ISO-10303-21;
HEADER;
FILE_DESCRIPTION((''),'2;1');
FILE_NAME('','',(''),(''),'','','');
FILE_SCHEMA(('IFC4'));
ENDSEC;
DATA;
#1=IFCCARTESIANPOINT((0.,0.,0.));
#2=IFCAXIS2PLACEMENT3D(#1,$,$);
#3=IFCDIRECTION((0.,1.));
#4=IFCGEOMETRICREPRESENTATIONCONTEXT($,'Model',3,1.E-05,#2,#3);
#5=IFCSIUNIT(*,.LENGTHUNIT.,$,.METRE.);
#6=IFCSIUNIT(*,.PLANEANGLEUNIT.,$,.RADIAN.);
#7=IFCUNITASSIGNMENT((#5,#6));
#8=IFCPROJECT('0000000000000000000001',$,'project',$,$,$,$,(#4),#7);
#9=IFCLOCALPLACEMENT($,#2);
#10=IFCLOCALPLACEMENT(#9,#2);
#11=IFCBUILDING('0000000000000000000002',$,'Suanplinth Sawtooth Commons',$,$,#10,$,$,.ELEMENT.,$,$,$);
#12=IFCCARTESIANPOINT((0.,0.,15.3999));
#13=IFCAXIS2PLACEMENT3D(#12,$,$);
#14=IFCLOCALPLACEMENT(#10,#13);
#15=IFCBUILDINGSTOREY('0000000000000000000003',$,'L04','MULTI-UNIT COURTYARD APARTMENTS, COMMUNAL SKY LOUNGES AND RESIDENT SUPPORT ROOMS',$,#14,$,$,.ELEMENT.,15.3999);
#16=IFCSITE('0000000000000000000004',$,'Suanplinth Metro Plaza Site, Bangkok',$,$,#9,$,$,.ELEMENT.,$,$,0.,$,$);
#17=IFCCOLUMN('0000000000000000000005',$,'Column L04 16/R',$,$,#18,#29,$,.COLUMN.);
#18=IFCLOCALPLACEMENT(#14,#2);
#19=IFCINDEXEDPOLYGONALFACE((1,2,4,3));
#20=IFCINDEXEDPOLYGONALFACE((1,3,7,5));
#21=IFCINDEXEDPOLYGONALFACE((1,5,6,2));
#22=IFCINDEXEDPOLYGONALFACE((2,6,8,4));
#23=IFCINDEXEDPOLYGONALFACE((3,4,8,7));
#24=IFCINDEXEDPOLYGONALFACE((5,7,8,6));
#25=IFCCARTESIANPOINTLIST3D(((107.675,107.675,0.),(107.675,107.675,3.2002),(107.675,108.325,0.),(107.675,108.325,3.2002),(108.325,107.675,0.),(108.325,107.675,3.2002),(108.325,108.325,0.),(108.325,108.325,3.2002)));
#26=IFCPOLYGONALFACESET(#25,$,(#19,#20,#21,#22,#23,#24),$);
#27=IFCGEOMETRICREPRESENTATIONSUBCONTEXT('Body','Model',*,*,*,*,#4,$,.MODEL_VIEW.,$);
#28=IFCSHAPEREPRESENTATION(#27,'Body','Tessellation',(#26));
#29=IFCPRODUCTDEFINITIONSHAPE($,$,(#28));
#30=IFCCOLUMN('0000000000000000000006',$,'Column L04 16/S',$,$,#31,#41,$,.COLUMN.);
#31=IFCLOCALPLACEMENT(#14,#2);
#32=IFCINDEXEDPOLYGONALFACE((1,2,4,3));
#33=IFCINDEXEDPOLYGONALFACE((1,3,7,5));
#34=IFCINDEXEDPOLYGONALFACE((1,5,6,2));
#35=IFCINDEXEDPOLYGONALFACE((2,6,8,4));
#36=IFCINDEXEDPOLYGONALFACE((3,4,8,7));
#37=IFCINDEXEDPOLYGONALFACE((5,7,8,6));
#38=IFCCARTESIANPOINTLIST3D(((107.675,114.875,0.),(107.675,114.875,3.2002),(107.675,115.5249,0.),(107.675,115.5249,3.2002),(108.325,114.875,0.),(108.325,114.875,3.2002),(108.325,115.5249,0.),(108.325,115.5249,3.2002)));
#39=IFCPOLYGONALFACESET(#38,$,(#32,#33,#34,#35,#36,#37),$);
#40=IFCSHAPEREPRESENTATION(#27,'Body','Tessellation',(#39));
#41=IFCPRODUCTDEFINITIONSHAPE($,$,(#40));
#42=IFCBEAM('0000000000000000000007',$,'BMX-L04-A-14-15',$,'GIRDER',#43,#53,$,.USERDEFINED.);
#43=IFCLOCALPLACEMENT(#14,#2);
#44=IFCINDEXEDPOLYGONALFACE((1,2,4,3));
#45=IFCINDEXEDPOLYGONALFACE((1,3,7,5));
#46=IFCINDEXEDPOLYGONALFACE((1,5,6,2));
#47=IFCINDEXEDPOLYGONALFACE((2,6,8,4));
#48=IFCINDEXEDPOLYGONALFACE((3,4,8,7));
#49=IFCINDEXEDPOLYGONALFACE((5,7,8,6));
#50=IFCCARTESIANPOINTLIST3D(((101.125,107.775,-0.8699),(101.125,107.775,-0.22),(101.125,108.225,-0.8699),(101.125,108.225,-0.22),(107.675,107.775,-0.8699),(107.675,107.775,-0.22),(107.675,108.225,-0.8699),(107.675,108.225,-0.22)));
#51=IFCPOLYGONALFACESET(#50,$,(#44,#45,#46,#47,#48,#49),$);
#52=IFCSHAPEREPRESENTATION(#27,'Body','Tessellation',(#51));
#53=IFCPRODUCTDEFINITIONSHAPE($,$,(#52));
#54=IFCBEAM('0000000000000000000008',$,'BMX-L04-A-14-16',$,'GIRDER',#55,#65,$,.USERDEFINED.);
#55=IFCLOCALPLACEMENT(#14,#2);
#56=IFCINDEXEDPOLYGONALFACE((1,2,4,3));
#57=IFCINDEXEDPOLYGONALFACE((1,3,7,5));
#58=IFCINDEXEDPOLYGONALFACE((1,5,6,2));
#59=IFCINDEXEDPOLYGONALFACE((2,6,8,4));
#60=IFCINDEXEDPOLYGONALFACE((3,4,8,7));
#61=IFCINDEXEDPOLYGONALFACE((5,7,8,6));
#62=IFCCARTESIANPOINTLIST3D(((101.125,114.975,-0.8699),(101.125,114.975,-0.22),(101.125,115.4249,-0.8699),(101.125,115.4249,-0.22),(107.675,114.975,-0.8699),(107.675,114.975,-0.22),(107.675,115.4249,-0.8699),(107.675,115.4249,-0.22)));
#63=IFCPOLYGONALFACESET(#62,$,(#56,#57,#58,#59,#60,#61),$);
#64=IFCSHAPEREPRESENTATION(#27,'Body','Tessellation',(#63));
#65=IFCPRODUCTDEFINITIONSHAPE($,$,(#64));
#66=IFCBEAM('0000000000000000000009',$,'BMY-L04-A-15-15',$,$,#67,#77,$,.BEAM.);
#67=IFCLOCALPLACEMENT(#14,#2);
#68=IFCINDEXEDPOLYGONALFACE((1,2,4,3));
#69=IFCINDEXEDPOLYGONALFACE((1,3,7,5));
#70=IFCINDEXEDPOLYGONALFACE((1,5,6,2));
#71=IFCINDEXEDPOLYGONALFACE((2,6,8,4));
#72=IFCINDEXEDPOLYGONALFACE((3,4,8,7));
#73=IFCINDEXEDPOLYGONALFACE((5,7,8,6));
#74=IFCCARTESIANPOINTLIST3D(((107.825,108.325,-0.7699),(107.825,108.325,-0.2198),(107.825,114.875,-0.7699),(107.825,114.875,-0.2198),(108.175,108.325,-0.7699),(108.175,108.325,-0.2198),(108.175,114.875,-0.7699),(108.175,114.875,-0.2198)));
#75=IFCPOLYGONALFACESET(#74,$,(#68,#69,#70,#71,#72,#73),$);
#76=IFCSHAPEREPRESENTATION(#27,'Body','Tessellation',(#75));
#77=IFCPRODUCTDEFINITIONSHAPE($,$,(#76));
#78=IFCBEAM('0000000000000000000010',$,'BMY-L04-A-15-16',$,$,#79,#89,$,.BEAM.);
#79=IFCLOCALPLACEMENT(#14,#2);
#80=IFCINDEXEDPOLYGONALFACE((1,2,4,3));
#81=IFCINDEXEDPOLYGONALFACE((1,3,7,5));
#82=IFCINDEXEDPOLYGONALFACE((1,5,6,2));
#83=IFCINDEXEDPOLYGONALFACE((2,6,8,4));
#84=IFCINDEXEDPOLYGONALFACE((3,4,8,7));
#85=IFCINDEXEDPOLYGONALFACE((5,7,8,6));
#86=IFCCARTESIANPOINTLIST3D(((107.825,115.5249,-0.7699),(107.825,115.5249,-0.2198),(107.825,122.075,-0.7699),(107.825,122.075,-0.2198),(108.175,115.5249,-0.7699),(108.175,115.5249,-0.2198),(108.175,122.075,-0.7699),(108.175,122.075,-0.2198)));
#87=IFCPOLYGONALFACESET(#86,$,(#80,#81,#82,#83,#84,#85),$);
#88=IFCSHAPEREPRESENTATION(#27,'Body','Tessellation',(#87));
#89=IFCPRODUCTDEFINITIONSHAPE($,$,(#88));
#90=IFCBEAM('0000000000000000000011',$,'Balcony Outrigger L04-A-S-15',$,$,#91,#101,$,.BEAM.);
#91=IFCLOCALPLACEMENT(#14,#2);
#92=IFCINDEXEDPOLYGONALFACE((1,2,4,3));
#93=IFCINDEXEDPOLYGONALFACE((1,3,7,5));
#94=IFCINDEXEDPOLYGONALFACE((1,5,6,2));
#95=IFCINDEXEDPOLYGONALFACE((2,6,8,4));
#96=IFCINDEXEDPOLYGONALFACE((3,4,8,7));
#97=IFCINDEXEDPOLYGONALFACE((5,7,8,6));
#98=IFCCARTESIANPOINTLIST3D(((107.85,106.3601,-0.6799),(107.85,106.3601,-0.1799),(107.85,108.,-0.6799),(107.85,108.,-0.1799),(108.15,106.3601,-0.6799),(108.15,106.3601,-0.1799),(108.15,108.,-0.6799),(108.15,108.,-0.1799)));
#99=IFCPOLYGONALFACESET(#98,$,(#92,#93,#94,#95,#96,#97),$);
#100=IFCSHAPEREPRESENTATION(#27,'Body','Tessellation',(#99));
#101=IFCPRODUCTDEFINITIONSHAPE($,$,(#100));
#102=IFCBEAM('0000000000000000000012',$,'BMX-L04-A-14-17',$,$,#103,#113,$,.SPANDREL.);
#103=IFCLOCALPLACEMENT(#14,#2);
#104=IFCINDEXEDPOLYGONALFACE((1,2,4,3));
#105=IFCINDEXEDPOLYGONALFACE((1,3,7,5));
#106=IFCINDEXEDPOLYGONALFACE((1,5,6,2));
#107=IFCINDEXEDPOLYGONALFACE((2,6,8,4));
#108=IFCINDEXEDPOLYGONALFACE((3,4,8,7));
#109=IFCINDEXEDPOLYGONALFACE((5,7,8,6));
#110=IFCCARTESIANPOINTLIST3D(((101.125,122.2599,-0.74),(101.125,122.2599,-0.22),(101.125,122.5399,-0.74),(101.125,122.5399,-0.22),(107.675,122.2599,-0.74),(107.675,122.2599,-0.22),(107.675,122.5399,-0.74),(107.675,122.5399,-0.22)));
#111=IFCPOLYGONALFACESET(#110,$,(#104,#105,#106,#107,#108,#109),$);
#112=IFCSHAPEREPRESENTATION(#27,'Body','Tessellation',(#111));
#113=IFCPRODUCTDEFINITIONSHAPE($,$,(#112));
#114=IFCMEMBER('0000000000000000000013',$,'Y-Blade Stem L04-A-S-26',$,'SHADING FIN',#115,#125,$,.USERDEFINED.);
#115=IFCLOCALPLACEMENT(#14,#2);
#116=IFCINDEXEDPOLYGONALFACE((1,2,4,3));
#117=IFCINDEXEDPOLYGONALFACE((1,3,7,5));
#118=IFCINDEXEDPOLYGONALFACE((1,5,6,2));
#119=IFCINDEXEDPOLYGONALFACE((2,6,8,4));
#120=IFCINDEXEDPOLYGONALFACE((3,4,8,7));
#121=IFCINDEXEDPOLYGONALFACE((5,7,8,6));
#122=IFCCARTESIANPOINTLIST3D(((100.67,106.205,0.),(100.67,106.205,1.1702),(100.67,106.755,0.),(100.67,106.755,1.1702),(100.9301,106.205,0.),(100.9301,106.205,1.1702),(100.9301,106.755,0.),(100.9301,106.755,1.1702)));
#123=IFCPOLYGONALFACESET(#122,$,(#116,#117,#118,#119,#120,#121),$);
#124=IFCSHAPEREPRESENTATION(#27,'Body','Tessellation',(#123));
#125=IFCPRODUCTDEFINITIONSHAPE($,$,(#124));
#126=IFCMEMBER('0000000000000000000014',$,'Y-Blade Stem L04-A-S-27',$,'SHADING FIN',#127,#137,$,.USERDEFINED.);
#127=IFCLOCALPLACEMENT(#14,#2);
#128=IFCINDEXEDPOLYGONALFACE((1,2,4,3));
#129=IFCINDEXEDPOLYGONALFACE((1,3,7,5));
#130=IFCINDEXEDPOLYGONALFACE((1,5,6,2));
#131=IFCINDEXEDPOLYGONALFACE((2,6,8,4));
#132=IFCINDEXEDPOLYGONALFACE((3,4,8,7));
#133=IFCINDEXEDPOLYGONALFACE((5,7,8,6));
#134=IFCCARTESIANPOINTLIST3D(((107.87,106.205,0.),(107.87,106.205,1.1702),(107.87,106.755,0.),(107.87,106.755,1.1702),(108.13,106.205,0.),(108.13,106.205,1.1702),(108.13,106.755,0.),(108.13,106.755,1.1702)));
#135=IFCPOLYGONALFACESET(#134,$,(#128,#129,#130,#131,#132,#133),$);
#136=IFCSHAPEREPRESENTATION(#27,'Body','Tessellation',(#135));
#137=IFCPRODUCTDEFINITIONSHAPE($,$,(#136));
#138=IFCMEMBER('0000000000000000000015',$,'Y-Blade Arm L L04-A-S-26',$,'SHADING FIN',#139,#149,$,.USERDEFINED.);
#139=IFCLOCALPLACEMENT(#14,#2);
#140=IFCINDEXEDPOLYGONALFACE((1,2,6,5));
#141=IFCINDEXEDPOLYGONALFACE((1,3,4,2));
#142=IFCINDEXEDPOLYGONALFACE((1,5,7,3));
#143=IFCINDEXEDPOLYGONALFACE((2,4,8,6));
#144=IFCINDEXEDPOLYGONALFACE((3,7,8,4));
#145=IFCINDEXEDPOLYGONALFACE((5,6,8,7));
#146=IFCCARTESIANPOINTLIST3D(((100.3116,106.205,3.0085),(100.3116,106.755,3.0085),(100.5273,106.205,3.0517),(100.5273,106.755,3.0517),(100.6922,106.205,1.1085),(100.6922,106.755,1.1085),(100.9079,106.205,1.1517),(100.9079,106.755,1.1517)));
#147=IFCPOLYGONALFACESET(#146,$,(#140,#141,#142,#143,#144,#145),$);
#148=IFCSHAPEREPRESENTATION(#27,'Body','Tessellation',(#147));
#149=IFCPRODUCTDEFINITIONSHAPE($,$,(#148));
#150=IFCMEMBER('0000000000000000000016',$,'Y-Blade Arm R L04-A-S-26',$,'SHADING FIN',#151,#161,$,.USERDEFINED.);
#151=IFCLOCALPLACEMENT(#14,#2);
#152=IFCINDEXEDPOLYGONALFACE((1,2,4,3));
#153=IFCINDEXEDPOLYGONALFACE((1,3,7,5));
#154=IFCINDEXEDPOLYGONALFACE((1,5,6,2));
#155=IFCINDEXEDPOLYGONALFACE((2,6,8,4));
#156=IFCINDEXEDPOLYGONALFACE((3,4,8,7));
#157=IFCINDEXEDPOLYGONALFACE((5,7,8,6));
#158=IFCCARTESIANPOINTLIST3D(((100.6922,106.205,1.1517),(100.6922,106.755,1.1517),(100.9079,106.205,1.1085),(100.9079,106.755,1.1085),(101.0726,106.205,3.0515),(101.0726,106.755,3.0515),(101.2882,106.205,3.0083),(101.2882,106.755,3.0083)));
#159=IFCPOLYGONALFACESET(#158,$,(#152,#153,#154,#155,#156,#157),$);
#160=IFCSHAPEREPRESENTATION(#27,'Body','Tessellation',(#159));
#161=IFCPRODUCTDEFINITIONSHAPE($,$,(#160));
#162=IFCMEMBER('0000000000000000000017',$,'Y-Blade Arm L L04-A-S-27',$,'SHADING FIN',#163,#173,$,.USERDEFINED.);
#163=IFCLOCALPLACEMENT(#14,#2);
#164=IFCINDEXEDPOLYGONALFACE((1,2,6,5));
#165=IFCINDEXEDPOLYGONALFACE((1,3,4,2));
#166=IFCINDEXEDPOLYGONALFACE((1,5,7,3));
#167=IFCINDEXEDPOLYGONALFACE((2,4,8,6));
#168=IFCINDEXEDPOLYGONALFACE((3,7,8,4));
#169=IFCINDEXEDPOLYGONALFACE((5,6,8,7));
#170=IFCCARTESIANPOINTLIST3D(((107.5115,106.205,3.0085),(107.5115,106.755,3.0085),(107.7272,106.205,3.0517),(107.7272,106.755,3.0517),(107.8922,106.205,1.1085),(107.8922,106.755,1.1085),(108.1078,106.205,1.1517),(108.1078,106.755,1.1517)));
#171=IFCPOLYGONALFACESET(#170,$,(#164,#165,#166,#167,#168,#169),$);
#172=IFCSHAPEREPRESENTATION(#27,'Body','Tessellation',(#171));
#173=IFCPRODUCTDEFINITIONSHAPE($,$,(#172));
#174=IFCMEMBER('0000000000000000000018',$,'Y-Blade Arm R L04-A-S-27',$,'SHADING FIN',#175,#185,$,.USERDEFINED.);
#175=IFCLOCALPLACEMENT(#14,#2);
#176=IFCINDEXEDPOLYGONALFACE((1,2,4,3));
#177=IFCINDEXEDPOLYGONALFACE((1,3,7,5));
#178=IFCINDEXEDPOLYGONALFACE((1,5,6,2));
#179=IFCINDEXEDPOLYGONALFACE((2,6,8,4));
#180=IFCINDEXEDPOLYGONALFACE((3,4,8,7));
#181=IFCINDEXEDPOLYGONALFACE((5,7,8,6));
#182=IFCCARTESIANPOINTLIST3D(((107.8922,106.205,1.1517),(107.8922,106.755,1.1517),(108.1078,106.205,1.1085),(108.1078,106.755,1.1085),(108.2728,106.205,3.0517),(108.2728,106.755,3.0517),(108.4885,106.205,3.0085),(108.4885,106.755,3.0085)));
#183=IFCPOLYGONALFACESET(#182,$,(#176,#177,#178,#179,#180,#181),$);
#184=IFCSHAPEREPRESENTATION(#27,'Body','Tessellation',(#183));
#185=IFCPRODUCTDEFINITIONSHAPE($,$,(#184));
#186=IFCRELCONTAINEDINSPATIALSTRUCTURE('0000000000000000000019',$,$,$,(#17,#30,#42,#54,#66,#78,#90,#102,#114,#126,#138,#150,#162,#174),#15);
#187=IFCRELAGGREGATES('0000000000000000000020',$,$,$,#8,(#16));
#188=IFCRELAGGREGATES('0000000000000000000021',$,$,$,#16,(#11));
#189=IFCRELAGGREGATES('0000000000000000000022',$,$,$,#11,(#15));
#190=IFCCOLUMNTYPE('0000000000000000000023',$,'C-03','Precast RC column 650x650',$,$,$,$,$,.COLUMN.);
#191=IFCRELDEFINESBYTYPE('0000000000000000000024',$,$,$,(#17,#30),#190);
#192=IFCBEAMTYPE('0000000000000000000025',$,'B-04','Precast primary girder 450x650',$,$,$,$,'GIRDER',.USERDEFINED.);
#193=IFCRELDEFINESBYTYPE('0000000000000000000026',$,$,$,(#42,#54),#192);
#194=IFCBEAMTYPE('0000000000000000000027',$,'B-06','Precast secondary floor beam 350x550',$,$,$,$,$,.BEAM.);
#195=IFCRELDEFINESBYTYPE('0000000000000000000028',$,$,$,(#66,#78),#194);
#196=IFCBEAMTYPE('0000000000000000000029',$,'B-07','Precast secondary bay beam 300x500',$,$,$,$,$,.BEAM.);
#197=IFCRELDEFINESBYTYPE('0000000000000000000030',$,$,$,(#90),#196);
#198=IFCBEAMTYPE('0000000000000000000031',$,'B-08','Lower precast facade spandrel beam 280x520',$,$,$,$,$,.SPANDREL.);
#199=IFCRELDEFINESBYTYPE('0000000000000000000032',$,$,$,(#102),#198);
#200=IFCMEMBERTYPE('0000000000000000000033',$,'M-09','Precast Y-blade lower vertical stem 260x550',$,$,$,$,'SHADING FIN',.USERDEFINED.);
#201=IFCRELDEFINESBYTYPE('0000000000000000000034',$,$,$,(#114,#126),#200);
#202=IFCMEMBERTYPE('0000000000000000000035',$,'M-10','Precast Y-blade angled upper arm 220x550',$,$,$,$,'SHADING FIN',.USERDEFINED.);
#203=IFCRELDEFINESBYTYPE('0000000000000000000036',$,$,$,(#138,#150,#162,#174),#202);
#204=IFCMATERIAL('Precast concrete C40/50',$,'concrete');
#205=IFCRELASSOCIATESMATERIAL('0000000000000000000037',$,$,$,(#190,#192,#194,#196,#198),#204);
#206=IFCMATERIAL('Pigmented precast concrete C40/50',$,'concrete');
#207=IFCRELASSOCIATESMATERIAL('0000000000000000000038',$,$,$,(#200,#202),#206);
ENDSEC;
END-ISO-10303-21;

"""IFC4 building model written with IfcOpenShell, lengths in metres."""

from ifc_helpers import new_model, si_unit, direction, frame, origin, origin_2d, place, context, subcontext, project, spatial, rectangle, extrude, material, material_profile, profile_set, type_object, element, save


model = new_model("IFC4")

# Units and contexts
model_context = context("Model", 3, precision=1e-05, world=origin(), true_north=direction((0.0, 1.0)))
body_context = subcontext(model_context, "Body", "Model", "MODEL_VIEW")
ifc_project = project(units=[si_unit("LENGTHUNIT", "METRE"), si_unit("PLANEANGLEUNIT", "RADIAN")], contexts=[model_context])

# Site, building, storey
site_placement = place(None, origin())
site = spatial("IfcSite", under=ifc_project, at=site_placement, Name="Suanplinth Metro Plaza Site, Bangkok", CompositionType="ELEMENT", RefElevation=0.0)
building_placement = place(site_placement, origin())
building = spatial("IfcBuilding", under=site, at=building_placement, Name="Suanplinth Sawtooth Commons", CompositionType="ELEMENT")
storey_placement = place(building_placement, frame((0.0, 0.0, 15.3999)))
storey = spatial("IfcBuildingStorey", under=building, at=storey_placement, Name="L04", Description="MULTI-UNIT COURTYARD APARTMENTS, COMMUNAL SKY LOUNGES AND RESIDENT SUPPORT ROOMS", CompositionType="ELEMENT", Elevation=15.3999)

# Columns
ifc_material_1 = material(Name="Precast concrete C40/50", Category="concrete")
ifc_material_profile_1 = material_profile(ifc_material_1, rectangle(XDim=0.6499, YDim=0.6499, at=origin_2d()), Name="PC-COL 650x650")
ifc_profile_set_1 = profile_set([ifc_material_profile_1], Name="Precast concrete C40/50")
column_type = type_object("IfcColumnType", Name="C-03", Description="Precast RC column 650x650", PredefinedType="COLUMN", material=ifc_profile_set_1)
for number, where, z_axis, x_axis, name in (
    (1, (108.0, 108.0, 0.0), (0.0, 0.0, 1.0), (1.0, 0.0, 0.0), "Column L04 16/R"),
    (2, (108.0, 115.2, 0.0), (0.0, 0.0, 1.0), (1.0, 0.0, 0.0), "Column L04 16/S"),
):
    element("IfcColumn", number, at=place(storey_placement, frame(where, z_axis=z_axis, x_axis=x_axis)), inside=storey, type_object=column_type, Name=name, PredefinedType="COLUMN", context=body_context, shape_type="SweptSolid", body=[
        extrude(rectangle(XDim=0.6499, YDim=0.6499, at=origin_2d()), origin(), (0.0, 0.0, 1.0), 3.2002),
    ])

# Beams
ifc_material_profile_2 = material_profile(ifc_material_1, rectangle(XDim=0.45, YDim=0.6499, at=origin_2d()), Name="PC-GDR 450x650")
ifc_profile_set_2 = profile_set([ifc_material_profile_2], Name="Precast concrete C40/50")
beam_type_1 = type_object("IfcBeamType", Name="B-04", Description="Precast primary girder 450x650", ElementType="GIRDER", PredefinedType="USERDEFINED", material=ifc_profile_set_2)
for number, where, z_axis, x_axis, name in (
    (3, (101.125, 108.0, -0.5449), (1.0, 0.0, 0.0), (0.0, 1.0, 0.0), "BMX-L04-A-14-15"),
    (4, (101.125, 115.2, -0.5449), (1.0, 0.0, 0.0), (0.0, 1.0, 0.0), "BMX-L04-A-14-16"),
):
    element("IfcBeam", number, at=place(storey_placement, frame(where, z_axis=z_axis, x_axis=x_axis)), inside=storey, type_object=beam_type_1, Name=name, ObjectType="GIRDER", PredefinedType="USERDEFINED", context=body_context, shape_type="SweptSolid", body=[
        extrude(rectangle(XDim=0.45, YDim=0.6499, at=origin_2d()), origin(), (0.0, 0.0, 1.0), 6.55),
    ])
ifc_material_profile_3 = material_profile(ifc_material_1, rectangle(XDim=0.3501, YDim=0.55, at=origin_2d()), Name="PC-BM 350x550")
ifc_profile_set_3 = profile_set([ifc_material_profile_3], Name="Precast concrete C40/50")
beam_type_2 = type_object("IfcBeamType", Name="B-06", Description="Precast secondary floor beam 350x550", PredefinedType="BEAM", material=ifc_profile_set_3)
for number, where, z_axis, x_axis, name in (
    (5, (108.0, 108.325, -0.4949), (0.0, 1.0, 0.0), (-1.0, 0.0, 0.0), "BMY-L04-A-15-15"),
    (6, (108.0, 115.5249, -0.4949), (0.0, 1.0, 0.0), (-1.0, 0.0, 0.0), "BMY-L04-A-15-16"),
):
    element("IfcBeam", number, at=place(storey_placement, frame(where, z_axis=z_axis, x_axis=x_axis)), inside=storey, type_object=beam_type_2, Name=name, PredefinedType="BEAM", context=body_context, shape_type="SweptSolid", body=[
        extrude(rectangle(XDim=0.3501, YDim=0.55, at=origin_2d()), origin(), (0.0, 0.0, 1.0), 6.55),
    ])
ifc_material_profile_4 = material_profile(ifc_material_1, rectangle(XDim=0.3, YDim=0.5, at=origin_2d()), Name="PC-BM 300x500")
ifc_profile_set_4 = profile_set([ifc_material_profile_4], Name="Precast concrete C40/50")
beam_type_3 = type_object("IfcBeamType", Name="B-07", Description="Precast secondary bay beam 300x500", PredefinedType="BEAM", material=ifc_profile_set_4)
beam_1_placement = place(storey_placement, frame((108.0, 108.0, -0.4299), z_axis=(0.0, -1.0, 0.0), x_axis=(1.0, 0.0, 0.0)))
element("IfcBeam", 7, at=beam_1_placement, inside=storey, type_object=beam_type_3, Name="Balcony Outrigger L04-A-S-15", PredefinedType="BEAM", context=body_context, shape_type="SweptSolid", body=[
    extrude(rectangle(XDim=0.3, YDim=0.5, at=origin_2d()), origin(), (0.0, 0.0, 1.0), 1.6399),
])
ifc_material_profile_5 = material_profile(ifc_material_1, rectangle(XDim=0.28, YDim=0.52, at=origin_2d()), Name="PC-SP 280x520")
ifc_profile_set_5 = profile_set([ifc_material_profile_5], Name="Precast concrete C40/50")
beam_type_4 = type_object("IfcBeamType", Name="B-08", Description="Lower precast facade spandrel beam 280x520", PredefinedType="SPANDREL", material=ifc_profile_set_5)
beam_2_placement = place(storey_placement, frame((101.125, 122.3999, -0.48), z_axis=(1.0, 0.0, 0.0), x_axis=(0.0, 1.0, 0.0)))
element("IfcBeam", 8, at=beam_2_placement, inside=storey, type_object=beam_type_4, Name="BMX-L04-A-14-17", PredefinedType="SPANDREL", context=body_context, shape_type="SweptSolid", body=[
    extrude(rectangle(XDim=0.28, YDim=0.52, at=origin_2d()), origin(), (0.0, 0.0, 1.0), 6.55),
])

# Members
ifc_material_2 = material(Name="Pigmented precast concrete C40/50", Category="concrete")
ifc_material_profile_6 = material_profile(ifc_material_2, rectangle(XDim=0.26, YDim=0.55, at=origin_2d()), Name="PC-FIN 260x550")
ifc_profile_set_6 = profile_set([ifc_material_profile_6], Name="Pigmented precast concrete C40/50")
member_type_1 = type_object("IfcMemberType", Name="M-09", Description="Precast Y-blade lower vertical stem 260x550", ElementType="SHADING FIN", PredefinedType="USERDEFINED", material=ifc_profile_set_6)
for number, where, z_axis, x_axis, name in (
    (9, (100.8, 106.48, 0.0), (0.0, 0.0, 1.0), (1.0, 0.0, 0.0), "Y-Blade Stem L04-A-S-26"),
    (10, (108.0, 106.48, 0.0), (0.0, 0.0, 1.0), (1.0, 0.0, 0.0), "Y-Blade Stem L04-A-S-27"),
):
    element("IfcMember", number, at=place(storey_placement, frame(where, z_axis=z_axis, x_axis=x_axis)), inside=storey, type_object=member_type_1, Name=name, ObjectType="SHADING FIN", PredefinedType="USERDEFINED", context=body_context, shape_type="SweptSolid", body=[
        extrude(rectangle(XDim=0.26, YDim=0.55, at=origin_2d()), origin(), (0.0, 0.0, 1.0), 1.1702),
    ])
ifc_material_profile_7 = material_profile(ifc_material_2, rectangle(XDim=0.22, YDim=0.55, at=origin_2d()), Name="PC-FIN 220x550")
ifc_profile_set_7 = profile_set([ifc_material_profile_7], Name="Pigmented precast concrete C40/50")
member_type_2 = type_object("IfcMemberType", Name="M-10", Description="Precast Y-blade angled upper arm 220x550", ElementType="SHADING FIN", PredefinedType="USERDEFINED", material=ifc_profile_set_7)
member_1_placement = place(storey_placement, frame((100.8, 106.48, 1.1301), z_axis=(-0.196431, 0.0, 0.980518), x_axis=(0.980518, 0.0, 0.196431)))
element("IfcMember", 11, at=member_1_placement, inside=storey, type_object=member_type_2, Name="Y-Blade Arm L L04-A-S-26", ObjectType="SHADING FIN", PredefinedType="USERDEFINED", context=body_context, shape_type="SweptSolid", body=[
    extrude(rectangle(XDim=0.22, YDim=0.55, at=origin_2d()), origin(), (0.0, 0.0, 1.0), 1.9377),
])
member_2_placement = place(storey_placement, frame((100.8, 106.48, 1.1301), z_axis=(0.19631, 0.0, 0.980542), x_axis=(-0.980542, 0.0, 0.19631)))
element("IfcMember", 12, at=member_2_placement, inside=storey, type_object=member_type_2, Name="Y-Blade Arm R L04-A-S-26", ObjectType="SHADING FIN", PredefinedType="USERDEFINED", context=body_context, shape_type="SweptSolid", body=[
    extrude(rectangle(XDim=0.22, YDim=0.55, at=origin_2d()), origin(), (0.0, 0.0, 1.0), 1.9375),
])
for number, where, z_axis, x_axis, name in (
    (13, (108.0, 106.48, 1.1301), (-0.196431, 0.0, 0.980518), (0.980518, 0.0, 0.196431), "Y-Blade Arm L L04-A-S-27"),
    (14, (108.0, 106.48, 1.1301), (0.196431, 0.0, 0.980518), (-0.980518, 0.0, 0.196431), "Y-Blade Arm R L04-A-S-27"),
):
    element("IfcMember", number, at=place(storey_placement, frame(where, z_axis=z_axis, x_axis=x_axis)), inside=storey, type_object=member_type_2, Name=name, ObjectType="SHADING FIN", PredefinedType="USERDEFINED", context=body_context, shape_type="SweptSolid", body=[
        extrude(rectangle(XDim=0.22, YDim=0.55, at=origin_2d()), origin(), (0.0, 0.0, 1.0), 1.9377),
    ])

save(model, "model.ifc")
